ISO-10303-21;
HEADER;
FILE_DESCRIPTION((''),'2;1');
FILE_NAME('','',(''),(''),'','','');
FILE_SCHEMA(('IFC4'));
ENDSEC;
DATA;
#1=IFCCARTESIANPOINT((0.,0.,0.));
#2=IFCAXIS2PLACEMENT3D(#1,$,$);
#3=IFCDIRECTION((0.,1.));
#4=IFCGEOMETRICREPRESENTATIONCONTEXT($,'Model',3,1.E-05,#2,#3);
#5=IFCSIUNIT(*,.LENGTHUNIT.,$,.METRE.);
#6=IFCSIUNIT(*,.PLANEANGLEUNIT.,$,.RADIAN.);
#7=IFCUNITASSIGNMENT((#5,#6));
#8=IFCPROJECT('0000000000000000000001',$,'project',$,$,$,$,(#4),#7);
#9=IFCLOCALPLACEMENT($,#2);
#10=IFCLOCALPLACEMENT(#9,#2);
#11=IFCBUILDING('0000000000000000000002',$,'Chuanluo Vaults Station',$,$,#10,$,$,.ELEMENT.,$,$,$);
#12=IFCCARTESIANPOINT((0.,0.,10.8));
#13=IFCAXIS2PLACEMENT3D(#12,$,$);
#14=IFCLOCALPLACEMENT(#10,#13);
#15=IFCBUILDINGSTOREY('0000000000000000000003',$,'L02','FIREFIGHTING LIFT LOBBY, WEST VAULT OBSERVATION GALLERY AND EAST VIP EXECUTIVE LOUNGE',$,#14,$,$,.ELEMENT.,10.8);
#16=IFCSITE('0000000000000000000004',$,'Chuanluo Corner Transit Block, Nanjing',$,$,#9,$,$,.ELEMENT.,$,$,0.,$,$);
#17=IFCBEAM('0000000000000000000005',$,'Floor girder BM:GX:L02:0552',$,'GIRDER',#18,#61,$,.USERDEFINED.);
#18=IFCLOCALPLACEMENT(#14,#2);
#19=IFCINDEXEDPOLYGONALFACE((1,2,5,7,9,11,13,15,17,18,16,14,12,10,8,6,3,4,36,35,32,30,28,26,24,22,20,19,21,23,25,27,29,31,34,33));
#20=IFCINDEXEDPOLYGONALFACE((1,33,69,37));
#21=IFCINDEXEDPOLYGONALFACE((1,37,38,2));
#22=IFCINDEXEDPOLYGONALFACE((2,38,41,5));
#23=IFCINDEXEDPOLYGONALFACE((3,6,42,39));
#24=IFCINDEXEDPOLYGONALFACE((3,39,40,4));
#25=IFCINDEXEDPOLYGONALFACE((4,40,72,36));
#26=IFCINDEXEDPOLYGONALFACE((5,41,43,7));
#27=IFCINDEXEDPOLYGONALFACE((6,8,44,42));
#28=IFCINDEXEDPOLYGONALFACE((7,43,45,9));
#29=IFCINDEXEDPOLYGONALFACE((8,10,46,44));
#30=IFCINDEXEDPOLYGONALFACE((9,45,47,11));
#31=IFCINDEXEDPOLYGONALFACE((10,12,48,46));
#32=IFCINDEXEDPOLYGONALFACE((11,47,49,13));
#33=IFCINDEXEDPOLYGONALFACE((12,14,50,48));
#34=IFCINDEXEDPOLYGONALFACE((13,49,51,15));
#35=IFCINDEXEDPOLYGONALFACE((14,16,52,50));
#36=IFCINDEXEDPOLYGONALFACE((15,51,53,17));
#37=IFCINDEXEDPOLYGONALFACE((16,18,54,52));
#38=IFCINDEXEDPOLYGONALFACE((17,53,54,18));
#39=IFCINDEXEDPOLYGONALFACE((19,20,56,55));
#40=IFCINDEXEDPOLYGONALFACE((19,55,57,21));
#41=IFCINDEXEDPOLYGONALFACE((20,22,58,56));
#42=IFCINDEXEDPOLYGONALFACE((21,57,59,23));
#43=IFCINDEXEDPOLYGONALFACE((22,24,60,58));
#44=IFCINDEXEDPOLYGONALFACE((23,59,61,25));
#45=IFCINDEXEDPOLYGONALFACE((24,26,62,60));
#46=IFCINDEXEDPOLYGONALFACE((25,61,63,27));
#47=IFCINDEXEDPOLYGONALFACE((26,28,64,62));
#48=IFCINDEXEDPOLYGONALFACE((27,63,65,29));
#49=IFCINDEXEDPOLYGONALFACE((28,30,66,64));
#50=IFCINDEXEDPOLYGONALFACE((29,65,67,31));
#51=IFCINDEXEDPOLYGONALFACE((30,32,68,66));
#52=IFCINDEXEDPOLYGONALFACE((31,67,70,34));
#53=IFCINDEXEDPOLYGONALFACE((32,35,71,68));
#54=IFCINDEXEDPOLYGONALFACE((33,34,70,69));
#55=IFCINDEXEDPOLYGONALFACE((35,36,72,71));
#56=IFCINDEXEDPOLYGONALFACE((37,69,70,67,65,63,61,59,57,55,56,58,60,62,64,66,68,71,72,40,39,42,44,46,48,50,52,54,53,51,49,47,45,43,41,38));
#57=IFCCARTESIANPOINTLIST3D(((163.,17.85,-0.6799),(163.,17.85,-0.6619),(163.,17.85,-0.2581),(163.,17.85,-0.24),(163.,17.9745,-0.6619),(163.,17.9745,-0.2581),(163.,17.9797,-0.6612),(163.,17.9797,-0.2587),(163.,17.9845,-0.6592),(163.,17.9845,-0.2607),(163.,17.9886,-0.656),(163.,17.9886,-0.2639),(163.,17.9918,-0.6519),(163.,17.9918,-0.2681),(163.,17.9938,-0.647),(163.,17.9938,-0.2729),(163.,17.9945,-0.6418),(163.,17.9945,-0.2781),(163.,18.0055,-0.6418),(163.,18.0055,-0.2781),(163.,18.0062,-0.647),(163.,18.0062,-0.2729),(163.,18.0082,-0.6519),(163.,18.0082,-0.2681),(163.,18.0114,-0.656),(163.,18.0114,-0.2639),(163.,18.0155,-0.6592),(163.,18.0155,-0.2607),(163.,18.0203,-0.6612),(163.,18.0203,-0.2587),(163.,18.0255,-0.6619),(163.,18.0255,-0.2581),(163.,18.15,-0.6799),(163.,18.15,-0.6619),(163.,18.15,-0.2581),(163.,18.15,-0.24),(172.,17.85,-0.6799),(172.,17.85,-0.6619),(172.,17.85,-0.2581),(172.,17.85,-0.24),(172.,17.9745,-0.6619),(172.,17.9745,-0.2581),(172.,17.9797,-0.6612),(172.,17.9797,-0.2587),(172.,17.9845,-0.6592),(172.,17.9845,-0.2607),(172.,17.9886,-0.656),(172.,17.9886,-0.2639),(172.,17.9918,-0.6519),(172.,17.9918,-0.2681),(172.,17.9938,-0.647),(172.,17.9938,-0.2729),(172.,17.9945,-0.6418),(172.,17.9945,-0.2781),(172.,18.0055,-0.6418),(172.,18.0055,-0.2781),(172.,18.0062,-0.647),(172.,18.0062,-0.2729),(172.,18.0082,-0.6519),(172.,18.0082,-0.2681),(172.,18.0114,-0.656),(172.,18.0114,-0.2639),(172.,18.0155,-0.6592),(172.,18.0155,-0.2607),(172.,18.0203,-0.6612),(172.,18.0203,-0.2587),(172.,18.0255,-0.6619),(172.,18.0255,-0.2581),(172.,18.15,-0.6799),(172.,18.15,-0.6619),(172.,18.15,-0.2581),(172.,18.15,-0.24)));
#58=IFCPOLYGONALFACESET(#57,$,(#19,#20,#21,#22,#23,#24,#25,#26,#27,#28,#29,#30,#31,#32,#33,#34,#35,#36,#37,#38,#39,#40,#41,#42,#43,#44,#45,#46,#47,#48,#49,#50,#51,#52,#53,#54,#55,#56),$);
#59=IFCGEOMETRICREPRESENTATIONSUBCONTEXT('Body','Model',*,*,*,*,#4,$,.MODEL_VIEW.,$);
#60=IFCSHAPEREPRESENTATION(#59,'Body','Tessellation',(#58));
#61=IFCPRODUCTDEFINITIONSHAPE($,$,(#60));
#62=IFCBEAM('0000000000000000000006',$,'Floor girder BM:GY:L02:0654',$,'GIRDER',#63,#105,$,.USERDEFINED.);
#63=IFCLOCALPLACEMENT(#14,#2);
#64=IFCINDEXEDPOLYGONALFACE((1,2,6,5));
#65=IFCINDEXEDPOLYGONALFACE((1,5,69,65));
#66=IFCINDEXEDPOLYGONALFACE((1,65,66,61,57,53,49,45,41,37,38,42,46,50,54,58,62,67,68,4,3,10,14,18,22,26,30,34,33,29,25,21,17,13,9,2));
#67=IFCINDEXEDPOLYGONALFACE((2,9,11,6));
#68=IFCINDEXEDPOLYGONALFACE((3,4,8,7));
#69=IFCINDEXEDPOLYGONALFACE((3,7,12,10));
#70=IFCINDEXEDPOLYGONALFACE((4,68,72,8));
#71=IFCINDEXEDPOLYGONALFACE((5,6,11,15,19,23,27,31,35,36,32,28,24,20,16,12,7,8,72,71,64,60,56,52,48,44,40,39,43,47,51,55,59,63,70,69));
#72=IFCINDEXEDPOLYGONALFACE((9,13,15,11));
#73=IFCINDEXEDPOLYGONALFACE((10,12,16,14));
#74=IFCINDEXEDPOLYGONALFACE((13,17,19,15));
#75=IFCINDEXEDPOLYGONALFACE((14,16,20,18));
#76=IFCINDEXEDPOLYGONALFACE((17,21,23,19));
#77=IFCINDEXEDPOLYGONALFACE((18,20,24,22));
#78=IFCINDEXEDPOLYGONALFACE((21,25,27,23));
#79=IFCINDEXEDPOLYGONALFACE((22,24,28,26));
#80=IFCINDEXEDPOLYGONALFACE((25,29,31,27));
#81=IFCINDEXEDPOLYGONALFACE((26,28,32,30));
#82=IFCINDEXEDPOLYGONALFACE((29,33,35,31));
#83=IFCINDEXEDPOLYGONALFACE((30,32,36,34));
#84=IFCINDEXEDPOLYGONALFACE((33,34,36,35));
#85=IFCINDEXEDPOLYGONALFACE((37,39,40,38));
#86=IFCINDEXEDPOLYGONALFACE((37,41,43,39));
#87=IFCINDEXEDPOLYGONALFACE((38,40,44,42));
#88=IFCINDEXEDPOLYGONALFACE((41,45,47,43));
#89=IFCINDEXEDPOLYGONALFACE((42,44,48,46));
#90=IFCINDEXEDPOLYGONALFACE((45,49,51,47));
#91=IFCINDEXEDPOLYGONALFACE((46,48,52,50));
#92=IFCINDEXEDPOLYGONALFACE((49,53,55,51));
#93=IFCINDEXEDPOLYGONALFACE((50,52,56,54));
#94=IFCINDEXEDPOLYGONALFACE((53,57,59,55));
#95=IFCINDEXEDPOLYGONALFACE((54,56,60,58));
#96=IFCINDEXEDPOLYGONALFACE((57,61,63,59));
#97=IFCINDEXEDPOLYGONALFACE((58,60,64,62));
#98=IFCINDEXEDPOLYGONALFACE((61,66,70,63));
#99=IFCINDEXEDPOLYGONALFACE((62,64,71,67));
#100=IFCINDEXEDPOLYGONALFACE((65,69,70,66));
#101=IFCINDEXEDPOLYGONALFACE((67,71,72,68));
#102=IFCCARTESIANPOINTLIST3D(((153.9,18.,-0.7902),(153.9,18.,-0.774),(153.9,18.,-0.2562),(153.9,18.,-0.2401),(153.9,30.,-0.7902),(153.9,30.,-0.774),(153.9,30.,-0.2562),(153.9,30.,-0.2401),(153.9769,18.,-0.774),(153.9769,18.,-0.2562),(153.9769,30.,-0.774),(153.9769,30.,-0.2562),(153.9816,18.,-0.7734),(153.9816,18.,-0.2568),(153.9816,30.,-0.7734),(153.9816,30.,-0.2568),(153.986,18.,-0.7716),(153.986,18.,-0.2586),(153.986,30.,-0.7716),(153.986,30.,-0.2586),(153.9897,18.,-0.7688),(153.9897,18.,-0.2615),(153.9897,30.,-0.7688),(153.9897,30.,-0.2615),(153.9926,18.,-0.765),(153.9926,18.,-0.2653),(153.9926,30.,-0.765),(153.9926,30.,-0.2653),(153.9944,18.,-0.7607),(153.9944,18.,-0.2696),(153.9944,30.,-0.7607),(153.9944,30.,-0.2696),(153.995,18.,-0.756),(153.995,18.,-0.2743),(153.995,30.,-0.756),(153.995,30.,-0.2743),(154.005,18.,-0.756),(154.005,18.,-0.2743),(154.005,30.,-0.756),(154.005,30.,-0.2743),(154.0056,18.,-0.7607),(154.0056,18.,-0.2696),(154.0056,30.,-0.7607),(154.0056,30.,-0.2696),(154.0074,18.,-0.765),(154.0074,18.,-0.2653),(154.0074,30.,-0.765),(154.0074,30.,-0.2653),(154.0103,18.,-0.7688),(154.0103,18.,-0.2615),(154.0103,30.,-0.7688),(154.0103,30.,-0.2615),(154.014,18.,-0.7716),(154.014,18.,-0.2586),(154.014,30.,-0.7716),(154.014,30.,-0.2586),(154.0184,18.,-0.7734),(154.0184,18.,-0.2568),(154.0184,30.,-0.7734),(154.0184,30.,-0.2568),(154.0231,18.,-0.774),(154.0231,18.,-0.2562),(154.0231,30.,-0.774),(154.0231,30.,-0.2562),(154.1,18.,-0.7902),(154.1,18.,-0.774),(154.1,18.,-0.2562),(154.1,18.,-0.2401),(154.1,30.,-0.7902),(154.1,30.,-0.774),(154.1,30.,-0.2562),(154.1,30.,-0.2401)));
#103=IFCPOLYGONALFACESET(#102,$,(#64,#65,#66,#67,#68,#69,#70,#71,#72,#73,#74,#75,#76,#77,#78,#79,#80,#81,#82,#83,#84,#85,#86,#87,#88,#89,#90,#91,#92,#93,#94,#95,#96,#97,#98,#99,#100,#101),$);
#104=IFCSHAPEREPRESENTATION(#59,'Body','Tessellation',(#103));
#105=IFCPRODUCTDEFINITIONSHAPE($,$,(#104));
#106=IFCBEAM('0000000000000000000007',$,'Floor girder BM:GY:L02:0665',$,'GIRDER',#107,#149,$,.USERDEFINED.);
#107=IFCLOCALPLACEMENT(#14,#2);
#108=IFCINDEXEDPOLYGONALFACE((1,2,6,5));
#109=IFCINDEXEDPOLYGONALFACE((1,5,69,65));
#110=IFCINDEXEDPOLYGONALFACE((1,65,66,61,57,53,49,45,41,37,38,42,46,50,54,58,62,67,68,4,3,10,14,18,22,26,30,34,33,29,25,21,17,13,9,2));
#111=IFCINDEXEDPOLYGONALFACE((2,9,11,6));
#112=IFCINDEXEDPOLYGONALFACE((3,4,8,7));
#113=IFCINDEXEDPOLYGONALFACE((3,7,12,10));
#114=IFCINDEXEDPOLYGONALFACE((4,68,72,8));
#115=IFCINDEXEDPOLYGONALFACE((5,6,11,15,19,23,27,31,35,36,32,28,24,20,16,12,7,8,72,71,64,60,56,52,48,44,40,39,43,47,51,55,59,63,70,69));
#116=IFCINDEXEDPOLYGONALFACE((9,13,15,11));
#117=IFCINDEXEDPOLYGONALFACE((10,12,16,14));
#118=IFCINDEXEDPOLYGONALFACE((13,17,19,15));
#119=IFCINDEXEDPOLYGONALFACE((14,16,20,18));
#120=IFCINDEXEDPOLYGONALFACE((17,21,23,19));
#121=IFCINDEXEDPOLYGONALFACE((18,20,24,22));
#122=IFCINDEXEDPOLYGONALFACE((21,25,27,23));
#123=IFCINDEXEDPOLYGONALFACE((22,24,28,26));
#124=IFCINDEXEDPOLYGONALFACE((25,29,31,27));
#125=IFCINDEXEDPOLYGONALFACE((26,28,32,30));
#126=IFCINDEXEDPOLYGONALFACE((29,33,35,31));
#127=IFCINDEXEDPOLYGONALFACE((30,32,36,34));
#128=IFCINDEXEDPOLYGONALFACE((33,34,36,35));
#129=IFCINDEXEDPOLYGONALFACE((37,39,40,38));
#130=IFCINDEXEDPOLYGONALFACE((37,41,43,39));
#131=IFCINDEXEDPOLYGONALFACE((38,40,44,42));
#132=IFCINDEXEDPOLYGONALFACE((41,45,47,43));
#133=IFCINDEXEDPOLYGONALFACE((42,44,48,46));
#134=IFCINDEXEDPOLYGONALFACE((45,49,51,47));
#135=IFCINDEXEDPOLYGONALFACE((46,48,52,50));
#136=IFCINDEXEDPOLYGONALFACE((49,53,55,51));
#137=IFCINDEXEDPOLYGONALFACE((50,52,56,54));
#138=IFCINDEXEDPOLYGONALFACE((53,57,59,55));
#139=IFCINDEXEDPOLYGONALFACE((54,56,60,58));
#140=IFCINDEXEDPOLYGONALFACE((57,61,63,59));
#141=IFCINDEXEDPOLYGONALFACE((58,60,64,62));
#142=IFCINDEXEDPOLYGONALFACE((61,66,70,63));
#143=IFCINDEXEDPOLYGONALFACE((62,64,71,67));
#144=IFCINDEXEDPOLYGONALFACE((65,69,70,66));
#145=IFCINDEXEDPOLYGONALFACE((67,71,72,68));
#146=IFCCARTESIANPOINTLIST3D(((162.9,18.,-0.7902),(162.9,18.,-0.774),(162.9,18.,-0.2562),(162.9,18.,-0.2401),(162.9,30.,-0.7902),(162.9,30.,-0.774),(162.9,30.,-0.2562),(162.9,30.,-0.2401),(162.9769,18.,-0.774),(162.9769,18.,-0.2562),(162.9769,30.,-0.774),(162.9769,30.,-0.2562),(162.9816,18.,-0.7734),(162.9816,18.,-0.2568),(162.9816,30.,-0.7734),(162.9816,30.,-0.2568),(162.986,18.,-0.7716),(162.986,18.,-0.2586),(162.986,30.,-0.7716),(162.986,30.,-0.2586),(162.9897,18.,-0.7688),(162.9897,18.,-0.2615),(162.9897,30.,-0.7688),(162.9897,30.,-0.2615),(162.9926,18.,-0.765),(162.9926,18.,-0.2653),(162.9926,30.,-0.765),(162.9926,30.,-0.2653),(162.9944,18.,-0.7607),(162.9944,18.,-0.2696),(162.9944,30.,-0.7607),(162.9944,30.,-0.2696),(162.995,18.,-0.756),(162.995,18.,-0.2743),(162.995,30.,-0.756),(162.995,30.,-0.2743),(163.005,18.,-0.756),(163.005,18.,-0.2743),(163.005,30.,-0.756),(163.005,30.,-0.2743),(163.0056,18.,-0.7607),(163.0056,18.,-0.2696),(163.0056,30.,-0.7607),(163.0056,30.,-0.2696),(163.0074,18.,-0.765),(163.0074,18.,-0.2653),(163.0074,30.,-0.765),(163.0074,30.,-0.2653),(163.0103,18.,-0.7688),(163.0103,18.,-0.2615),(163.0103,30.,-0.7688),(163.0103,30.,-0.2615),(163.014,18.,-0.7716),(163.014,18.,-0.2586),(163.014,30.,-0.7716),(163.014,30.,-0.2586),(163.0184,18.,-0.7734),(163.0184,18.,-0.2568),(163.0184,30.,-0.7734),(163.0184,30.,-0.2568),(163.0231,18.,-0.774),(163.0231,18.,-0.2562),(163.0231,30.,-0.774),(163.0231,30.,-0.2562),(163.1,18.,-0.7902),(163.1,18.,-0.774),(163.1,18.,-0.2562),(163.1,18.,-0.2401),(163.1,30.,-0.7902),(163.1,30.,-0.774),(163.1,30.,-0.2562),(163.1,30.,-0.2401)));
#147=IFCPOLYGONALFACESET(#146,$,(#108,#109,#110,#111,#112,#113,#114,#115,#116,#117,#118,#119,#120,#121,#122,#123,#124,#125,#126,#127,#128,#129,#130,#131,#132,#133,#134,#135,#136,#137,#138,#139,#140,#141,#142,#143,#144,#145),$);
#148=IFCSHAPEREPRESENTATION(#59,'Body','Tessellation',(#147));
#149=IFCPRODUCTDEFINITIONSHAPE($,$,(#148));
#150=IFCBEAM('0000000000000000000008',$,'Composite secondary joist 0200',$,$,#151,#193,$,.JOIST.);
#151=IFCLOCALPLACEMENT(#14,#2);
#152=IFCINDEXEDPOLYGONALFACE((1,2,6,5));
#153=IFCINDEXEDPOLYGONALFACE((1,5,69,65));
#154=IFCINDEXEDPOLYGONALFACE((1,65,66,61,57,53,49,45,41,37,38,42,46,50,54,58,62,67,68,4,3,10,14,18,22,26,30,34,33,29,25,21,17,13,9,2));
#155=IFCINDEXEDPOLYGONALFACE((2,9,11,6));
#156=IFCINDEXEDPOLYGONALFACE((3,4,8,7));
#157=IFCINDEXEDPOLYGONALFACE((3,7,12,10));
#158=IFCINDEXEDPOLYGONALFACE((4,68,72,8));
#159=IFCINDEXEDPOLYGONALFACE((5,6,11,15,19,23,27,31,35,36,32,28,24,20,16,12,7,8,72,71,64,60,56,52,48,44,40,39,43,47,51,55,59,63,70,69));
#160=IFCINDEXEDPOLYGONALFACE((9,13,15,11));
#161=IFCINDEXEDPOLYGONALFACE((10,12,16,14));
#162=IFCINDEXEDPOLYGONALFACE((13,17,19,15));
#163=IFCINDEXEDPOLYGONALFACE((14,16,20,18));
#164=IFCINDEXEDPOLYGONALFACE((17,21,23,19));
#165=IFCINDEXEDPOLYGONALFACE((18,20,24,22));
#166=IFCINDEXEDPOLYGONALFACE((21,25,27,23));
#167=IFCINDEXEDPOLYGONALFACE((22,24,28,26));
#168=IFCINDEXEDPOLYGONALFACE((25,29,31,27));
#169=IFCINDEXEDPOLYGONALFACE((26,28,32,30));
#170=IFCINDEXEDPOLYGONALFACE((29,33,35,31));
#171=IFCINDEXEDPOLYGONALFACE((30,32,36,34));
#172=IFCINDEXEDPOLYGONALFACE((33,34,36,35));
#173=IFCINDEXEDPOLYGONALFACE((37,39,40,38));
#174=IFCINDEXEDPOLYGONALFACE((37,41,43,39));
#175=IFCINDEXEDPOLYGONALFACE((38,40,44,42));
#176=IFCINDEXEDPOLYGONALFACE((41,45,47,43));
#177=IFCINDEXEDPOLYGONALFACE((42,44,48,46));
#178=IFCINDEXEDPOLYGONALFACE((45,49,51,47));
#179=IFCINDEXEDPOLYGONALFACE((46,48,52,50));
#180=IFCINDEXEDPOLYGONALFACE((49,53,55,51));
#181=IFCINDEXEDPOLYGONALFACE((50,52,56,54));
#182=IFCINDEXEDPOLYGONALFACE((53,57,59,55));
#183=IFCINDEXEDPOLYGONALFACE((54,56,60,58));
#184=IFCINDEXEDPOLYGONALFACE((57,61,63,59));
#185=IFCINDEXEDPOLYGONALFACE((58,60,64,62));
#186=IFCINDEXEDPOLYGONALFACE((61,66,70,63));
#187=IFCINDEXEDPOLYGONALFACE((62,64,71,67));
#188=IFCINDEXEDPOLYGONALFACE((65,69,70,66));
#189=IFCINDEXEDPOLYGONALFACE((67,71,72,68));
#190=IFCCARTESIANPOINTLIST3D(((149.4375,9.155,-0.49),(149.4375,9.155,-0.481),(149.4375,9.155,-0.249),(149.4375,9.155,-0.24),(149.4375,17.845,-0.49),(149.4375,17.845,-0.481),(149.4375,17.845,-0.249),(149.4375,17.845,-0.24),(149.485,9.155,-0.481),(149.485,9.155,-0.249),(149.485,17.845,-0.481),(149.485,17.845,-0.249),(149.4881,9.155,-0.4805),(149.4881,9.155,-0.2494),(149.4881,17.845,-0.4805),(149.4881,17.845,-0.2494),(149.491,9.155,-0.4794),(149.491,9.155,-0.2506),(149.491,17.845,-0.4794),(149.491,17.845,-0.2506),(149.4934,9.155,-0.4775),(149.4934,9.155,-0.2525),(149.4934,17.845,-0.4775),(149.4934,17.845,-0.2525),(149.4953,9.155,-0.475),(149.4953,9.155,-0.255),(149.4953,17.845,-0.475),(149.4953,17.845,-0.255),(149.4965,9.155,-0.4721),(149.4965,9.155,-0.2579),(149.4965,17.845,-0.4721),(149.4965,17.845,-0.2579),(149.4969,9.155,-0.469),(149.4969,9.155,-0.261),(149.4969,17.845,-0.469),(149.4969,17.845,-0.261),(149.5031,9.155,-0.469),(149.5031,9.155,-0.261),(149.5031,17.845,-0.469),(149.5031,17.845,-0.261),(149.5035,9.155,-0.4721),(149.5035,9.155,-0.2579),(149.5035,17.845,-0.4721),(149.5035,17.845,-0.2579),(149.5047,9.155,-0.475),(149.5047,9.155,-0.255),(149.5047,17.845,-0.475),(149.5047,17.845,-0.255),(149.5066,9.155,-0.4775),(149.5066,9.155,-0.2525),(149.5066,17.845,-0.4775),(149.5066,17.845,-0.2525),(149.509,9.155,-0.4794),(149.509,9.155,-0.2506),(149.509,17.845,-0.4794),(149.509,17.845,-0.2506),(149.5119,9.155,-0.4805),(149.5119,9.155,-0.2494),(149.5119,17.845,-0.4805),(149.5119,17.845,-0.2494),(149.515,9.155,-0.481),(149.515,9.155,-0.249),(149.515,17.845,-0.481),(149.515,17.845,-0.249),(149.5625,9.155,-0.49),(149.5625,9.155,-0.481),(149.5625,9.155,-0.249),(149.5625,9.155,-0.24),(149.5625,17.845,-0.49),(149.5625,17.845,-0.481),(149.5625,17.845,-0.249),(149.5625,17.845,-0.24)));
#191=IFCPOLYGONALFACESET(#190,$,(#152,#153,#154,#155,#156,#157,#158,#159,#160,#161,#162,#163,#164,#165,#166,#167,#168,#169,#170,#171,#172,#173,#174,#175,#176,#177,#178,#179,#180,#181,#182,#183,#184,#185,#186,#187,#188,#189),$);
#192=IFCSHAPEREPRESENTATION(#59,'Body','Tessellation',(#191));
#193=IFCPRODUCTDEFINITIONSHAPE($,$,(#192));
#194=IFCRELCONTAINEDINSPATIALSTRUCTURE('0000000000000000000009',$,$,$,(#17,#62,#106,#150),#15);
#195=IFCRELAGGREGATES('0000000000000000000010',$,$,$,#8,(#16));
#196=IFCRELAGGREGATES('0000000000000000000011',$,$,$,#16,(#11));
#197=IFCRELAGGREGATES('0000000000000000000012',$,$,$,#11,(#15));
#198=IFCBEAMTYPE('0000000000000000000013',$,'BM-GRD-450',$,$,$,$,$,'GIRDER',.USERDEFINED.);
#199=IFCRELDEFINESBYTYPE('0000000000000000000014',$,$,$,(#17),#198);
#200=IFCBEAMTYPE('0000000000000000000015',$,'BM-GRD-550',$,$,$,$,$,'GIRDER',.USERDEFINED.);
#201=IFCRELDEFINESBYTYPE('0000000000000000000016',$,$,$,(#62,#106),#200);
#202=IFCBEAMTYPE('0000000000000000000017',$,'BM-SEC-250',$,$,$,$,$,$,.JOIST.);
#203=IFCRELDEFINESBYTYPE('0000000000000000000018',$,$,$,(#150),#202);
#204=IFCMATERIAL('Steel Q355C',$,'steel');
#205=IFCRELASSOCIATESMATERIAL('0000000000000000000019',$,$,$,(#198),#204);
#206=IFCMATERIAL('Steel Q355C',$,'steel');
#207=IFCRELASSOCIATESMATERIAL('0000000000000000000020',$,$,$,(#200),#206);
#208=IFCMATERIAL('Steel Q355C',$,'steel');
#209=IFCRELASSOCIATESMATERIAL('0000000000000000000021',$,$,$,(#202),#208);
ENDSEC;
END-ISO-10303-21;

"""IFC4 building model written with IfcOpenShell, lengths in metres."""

from ifc_helpers import new_model, si_unit, direction, frame, origin, origin_2d, place, context, subcontext, project, spatial, i_section, extrude, material, material_profile, profile_set, type_object, element, save


model = new_model("IFC4")

# Units and contexts
model_context = context("Model", 3, precision=1e-05, world=origin(), true_north=direction((0.0, 1.0)))
body_context = subcontext(model_context, "Body", "Model", "MODEL_VIEW")
ifc_project = project(units=[si_unit("LENGTHUNIT", "METRE"), si_unit("PLANEANGLEUNIT", "RADIAN")], contexts=[model_context])

# Site, building, storey
site_placement = place(None, origin())
site = spatial("IfcSite", under=ifc_project, at=site_placement, Name="Chuanluo Corner Transit Block, Nanjing", CompositionType="ELEMENT", RefElevation=0.0)
building_placement = place(site_placement, origin())
building = spatial("IfcBuilding", under=site, at=building_placement, Name="Chuanluo Vaults Station", CompositionType="ELEMENT")
storey_placement = place(building_placement, frame((0.0, 0.0, 10.8)))
storey = spatial("IfcBuildingStorey", under=building, at=storey_placement, Name="L02", Description="FIREFIGHTING LIFT LOBBY, WEST VAULT OBSERVATION GALLERY AND EAST VIP EXECUTIVE LOUNGE", CompositionType="ELEMENT", Elevation=10.8)

# Beams
ifc_material_1 = material(Name="Steel Q355C", Category="steel")
ifc_material_profile_1 = material_profile(ifc_material_1, i_section(OverallWidth=0.3, OverallDepth=0.4399, WebThickness=0.011, FlangeThickness=0.0181, FilletRadius=0.02, at=origin_2d()))
ifc_profile_set_1 = profile_set([ifc_material_profile_1], Name="Steel Q355C")
beam_type_1 = type_object("IfcBeamType", Name="BM-GRD-450", ElementType="GIRDER", PredefinedType="USERDEFINED", material=ifc_profile_set_1)
for number, where, z_axis, x_axis, name in (
    (1, (163.0, 18.0, -0.46), (1.0, 0.0, 0.0), (0.0, 1.0, 0.0), "Floor girder BM:GX:L02:0552"),
):
    element("IfcBeam", number, at=place(storey_placement, frame(where, z_axis=z_axis, x_axis=x_axis)), inside=storey, type_object=beam_type_1, Name=name, ObjectType="GIRDER", PredefinedType="USERDEFINED", context=body_context, shape_type="SweptSolid", body=[
        extrude(i_section(OverallWidth=0.3, OverallDepth=0.4399, WebThickness=0.011, FlangeThickness=0.0181, FilletRadius=0.02, at=origin_2d()), origin(), (0.0, 0.0, 1.0), 9.0),
    ])
ifc_material_2 = material(Name="Steel Q355C", Category="steel")
ifc_material_profile_2 = material_profile(ifc_material_2, i_section(OverallWidth=0.2, OverallDepth=0.55, WebThickness=0.01, FlangeThickness=0.0161, FilletRadius=0.0181, at=origin_2d()))
ifc_profile_set_2 = profile_set([ifc_material_profile_2], Name="Steel Q355C")
beam_type_2 = type_object("IfcBeamType", Name="BM-GRD-550", ElementType="GIRDER", PredefinedType="USERDEFINED", material=ifc_profile_set_2)
for number, where, z_axis, x_axis, name in (
    (2, (154.0, 18.0, -0.5151), (0.0, 1.0, 0.0), (-1.0, 0.0, 0.0), "Floor girder BM:GY:L02:0654"),
    (3, (163.0, 18.0, -0.5151), (0.0, 1.0, 0.0), (-1.0, 0.0, 0.0), "Floor girder BM:GY:L02:0665"),
):
    element("IfcBeam", number, at=place(storey_placement, frame(where, z_axis=z_axis, x_axis=x_axis)), inside=storey, type_object=beam_type_2, Name=name, ObjectType="GIRDER", PredefinedType="USERDEFINED", context=body_context, shape_type="SweptSolid", body=[
        extrude(i_section(OverallWidth=0.2, OverallDepth=0.55, WebThickness=0.01, FlangeThickness=0.0161, FilletRadius=0.0181, at=origin_2d()), origin(), (0.0, 0.0, 1.0), 12.0),
    ])
ifc_material_3 = material(Name="Steel Q355C", Category="steel")
ifc_material_profile_3 = material_profile(ifc_material_3, i_section(OverallWidth=0.125, OverallDepth=0.25, WebThickness=0.0061, FlangeThickness=0.009, FilletRadius=0.012, at=origin_2d()))
ifc_profile_set_3 = profile_set([ifc_material_profile_3], Name="Steel Q355C")
beam_type_3 = type_object("IfcBeamType", Name="BM-SEC-250", PredefinedType="JOIST", material=ifc_profile_set_3)
beam_1_placement = place(storey_placement, frame((149.5, 9.155, -0.365), z_axis=(0.0, 1.0, 0.0), x_axis=(-1.0, 0.0, 0.0)))
element("IfcBeam", 4, at=beam_1_placement, inside=storey, type_object=beam_type_3, Name="Composite secondary joist 0200", PredefinedType="JOIST", context=body_context, shape_type="SweptSolid", body=[
    extrude(i_section(OverallWidth=0.125, OverallDepth=0.25, WebThickness=0.0061, FlangeThickness=0.009, FilletRadius=0.012, at=origin_2d()), origin(), (0.0, 0.0, 1.0), 8.6899),
])

save(model, "model.ifc")
